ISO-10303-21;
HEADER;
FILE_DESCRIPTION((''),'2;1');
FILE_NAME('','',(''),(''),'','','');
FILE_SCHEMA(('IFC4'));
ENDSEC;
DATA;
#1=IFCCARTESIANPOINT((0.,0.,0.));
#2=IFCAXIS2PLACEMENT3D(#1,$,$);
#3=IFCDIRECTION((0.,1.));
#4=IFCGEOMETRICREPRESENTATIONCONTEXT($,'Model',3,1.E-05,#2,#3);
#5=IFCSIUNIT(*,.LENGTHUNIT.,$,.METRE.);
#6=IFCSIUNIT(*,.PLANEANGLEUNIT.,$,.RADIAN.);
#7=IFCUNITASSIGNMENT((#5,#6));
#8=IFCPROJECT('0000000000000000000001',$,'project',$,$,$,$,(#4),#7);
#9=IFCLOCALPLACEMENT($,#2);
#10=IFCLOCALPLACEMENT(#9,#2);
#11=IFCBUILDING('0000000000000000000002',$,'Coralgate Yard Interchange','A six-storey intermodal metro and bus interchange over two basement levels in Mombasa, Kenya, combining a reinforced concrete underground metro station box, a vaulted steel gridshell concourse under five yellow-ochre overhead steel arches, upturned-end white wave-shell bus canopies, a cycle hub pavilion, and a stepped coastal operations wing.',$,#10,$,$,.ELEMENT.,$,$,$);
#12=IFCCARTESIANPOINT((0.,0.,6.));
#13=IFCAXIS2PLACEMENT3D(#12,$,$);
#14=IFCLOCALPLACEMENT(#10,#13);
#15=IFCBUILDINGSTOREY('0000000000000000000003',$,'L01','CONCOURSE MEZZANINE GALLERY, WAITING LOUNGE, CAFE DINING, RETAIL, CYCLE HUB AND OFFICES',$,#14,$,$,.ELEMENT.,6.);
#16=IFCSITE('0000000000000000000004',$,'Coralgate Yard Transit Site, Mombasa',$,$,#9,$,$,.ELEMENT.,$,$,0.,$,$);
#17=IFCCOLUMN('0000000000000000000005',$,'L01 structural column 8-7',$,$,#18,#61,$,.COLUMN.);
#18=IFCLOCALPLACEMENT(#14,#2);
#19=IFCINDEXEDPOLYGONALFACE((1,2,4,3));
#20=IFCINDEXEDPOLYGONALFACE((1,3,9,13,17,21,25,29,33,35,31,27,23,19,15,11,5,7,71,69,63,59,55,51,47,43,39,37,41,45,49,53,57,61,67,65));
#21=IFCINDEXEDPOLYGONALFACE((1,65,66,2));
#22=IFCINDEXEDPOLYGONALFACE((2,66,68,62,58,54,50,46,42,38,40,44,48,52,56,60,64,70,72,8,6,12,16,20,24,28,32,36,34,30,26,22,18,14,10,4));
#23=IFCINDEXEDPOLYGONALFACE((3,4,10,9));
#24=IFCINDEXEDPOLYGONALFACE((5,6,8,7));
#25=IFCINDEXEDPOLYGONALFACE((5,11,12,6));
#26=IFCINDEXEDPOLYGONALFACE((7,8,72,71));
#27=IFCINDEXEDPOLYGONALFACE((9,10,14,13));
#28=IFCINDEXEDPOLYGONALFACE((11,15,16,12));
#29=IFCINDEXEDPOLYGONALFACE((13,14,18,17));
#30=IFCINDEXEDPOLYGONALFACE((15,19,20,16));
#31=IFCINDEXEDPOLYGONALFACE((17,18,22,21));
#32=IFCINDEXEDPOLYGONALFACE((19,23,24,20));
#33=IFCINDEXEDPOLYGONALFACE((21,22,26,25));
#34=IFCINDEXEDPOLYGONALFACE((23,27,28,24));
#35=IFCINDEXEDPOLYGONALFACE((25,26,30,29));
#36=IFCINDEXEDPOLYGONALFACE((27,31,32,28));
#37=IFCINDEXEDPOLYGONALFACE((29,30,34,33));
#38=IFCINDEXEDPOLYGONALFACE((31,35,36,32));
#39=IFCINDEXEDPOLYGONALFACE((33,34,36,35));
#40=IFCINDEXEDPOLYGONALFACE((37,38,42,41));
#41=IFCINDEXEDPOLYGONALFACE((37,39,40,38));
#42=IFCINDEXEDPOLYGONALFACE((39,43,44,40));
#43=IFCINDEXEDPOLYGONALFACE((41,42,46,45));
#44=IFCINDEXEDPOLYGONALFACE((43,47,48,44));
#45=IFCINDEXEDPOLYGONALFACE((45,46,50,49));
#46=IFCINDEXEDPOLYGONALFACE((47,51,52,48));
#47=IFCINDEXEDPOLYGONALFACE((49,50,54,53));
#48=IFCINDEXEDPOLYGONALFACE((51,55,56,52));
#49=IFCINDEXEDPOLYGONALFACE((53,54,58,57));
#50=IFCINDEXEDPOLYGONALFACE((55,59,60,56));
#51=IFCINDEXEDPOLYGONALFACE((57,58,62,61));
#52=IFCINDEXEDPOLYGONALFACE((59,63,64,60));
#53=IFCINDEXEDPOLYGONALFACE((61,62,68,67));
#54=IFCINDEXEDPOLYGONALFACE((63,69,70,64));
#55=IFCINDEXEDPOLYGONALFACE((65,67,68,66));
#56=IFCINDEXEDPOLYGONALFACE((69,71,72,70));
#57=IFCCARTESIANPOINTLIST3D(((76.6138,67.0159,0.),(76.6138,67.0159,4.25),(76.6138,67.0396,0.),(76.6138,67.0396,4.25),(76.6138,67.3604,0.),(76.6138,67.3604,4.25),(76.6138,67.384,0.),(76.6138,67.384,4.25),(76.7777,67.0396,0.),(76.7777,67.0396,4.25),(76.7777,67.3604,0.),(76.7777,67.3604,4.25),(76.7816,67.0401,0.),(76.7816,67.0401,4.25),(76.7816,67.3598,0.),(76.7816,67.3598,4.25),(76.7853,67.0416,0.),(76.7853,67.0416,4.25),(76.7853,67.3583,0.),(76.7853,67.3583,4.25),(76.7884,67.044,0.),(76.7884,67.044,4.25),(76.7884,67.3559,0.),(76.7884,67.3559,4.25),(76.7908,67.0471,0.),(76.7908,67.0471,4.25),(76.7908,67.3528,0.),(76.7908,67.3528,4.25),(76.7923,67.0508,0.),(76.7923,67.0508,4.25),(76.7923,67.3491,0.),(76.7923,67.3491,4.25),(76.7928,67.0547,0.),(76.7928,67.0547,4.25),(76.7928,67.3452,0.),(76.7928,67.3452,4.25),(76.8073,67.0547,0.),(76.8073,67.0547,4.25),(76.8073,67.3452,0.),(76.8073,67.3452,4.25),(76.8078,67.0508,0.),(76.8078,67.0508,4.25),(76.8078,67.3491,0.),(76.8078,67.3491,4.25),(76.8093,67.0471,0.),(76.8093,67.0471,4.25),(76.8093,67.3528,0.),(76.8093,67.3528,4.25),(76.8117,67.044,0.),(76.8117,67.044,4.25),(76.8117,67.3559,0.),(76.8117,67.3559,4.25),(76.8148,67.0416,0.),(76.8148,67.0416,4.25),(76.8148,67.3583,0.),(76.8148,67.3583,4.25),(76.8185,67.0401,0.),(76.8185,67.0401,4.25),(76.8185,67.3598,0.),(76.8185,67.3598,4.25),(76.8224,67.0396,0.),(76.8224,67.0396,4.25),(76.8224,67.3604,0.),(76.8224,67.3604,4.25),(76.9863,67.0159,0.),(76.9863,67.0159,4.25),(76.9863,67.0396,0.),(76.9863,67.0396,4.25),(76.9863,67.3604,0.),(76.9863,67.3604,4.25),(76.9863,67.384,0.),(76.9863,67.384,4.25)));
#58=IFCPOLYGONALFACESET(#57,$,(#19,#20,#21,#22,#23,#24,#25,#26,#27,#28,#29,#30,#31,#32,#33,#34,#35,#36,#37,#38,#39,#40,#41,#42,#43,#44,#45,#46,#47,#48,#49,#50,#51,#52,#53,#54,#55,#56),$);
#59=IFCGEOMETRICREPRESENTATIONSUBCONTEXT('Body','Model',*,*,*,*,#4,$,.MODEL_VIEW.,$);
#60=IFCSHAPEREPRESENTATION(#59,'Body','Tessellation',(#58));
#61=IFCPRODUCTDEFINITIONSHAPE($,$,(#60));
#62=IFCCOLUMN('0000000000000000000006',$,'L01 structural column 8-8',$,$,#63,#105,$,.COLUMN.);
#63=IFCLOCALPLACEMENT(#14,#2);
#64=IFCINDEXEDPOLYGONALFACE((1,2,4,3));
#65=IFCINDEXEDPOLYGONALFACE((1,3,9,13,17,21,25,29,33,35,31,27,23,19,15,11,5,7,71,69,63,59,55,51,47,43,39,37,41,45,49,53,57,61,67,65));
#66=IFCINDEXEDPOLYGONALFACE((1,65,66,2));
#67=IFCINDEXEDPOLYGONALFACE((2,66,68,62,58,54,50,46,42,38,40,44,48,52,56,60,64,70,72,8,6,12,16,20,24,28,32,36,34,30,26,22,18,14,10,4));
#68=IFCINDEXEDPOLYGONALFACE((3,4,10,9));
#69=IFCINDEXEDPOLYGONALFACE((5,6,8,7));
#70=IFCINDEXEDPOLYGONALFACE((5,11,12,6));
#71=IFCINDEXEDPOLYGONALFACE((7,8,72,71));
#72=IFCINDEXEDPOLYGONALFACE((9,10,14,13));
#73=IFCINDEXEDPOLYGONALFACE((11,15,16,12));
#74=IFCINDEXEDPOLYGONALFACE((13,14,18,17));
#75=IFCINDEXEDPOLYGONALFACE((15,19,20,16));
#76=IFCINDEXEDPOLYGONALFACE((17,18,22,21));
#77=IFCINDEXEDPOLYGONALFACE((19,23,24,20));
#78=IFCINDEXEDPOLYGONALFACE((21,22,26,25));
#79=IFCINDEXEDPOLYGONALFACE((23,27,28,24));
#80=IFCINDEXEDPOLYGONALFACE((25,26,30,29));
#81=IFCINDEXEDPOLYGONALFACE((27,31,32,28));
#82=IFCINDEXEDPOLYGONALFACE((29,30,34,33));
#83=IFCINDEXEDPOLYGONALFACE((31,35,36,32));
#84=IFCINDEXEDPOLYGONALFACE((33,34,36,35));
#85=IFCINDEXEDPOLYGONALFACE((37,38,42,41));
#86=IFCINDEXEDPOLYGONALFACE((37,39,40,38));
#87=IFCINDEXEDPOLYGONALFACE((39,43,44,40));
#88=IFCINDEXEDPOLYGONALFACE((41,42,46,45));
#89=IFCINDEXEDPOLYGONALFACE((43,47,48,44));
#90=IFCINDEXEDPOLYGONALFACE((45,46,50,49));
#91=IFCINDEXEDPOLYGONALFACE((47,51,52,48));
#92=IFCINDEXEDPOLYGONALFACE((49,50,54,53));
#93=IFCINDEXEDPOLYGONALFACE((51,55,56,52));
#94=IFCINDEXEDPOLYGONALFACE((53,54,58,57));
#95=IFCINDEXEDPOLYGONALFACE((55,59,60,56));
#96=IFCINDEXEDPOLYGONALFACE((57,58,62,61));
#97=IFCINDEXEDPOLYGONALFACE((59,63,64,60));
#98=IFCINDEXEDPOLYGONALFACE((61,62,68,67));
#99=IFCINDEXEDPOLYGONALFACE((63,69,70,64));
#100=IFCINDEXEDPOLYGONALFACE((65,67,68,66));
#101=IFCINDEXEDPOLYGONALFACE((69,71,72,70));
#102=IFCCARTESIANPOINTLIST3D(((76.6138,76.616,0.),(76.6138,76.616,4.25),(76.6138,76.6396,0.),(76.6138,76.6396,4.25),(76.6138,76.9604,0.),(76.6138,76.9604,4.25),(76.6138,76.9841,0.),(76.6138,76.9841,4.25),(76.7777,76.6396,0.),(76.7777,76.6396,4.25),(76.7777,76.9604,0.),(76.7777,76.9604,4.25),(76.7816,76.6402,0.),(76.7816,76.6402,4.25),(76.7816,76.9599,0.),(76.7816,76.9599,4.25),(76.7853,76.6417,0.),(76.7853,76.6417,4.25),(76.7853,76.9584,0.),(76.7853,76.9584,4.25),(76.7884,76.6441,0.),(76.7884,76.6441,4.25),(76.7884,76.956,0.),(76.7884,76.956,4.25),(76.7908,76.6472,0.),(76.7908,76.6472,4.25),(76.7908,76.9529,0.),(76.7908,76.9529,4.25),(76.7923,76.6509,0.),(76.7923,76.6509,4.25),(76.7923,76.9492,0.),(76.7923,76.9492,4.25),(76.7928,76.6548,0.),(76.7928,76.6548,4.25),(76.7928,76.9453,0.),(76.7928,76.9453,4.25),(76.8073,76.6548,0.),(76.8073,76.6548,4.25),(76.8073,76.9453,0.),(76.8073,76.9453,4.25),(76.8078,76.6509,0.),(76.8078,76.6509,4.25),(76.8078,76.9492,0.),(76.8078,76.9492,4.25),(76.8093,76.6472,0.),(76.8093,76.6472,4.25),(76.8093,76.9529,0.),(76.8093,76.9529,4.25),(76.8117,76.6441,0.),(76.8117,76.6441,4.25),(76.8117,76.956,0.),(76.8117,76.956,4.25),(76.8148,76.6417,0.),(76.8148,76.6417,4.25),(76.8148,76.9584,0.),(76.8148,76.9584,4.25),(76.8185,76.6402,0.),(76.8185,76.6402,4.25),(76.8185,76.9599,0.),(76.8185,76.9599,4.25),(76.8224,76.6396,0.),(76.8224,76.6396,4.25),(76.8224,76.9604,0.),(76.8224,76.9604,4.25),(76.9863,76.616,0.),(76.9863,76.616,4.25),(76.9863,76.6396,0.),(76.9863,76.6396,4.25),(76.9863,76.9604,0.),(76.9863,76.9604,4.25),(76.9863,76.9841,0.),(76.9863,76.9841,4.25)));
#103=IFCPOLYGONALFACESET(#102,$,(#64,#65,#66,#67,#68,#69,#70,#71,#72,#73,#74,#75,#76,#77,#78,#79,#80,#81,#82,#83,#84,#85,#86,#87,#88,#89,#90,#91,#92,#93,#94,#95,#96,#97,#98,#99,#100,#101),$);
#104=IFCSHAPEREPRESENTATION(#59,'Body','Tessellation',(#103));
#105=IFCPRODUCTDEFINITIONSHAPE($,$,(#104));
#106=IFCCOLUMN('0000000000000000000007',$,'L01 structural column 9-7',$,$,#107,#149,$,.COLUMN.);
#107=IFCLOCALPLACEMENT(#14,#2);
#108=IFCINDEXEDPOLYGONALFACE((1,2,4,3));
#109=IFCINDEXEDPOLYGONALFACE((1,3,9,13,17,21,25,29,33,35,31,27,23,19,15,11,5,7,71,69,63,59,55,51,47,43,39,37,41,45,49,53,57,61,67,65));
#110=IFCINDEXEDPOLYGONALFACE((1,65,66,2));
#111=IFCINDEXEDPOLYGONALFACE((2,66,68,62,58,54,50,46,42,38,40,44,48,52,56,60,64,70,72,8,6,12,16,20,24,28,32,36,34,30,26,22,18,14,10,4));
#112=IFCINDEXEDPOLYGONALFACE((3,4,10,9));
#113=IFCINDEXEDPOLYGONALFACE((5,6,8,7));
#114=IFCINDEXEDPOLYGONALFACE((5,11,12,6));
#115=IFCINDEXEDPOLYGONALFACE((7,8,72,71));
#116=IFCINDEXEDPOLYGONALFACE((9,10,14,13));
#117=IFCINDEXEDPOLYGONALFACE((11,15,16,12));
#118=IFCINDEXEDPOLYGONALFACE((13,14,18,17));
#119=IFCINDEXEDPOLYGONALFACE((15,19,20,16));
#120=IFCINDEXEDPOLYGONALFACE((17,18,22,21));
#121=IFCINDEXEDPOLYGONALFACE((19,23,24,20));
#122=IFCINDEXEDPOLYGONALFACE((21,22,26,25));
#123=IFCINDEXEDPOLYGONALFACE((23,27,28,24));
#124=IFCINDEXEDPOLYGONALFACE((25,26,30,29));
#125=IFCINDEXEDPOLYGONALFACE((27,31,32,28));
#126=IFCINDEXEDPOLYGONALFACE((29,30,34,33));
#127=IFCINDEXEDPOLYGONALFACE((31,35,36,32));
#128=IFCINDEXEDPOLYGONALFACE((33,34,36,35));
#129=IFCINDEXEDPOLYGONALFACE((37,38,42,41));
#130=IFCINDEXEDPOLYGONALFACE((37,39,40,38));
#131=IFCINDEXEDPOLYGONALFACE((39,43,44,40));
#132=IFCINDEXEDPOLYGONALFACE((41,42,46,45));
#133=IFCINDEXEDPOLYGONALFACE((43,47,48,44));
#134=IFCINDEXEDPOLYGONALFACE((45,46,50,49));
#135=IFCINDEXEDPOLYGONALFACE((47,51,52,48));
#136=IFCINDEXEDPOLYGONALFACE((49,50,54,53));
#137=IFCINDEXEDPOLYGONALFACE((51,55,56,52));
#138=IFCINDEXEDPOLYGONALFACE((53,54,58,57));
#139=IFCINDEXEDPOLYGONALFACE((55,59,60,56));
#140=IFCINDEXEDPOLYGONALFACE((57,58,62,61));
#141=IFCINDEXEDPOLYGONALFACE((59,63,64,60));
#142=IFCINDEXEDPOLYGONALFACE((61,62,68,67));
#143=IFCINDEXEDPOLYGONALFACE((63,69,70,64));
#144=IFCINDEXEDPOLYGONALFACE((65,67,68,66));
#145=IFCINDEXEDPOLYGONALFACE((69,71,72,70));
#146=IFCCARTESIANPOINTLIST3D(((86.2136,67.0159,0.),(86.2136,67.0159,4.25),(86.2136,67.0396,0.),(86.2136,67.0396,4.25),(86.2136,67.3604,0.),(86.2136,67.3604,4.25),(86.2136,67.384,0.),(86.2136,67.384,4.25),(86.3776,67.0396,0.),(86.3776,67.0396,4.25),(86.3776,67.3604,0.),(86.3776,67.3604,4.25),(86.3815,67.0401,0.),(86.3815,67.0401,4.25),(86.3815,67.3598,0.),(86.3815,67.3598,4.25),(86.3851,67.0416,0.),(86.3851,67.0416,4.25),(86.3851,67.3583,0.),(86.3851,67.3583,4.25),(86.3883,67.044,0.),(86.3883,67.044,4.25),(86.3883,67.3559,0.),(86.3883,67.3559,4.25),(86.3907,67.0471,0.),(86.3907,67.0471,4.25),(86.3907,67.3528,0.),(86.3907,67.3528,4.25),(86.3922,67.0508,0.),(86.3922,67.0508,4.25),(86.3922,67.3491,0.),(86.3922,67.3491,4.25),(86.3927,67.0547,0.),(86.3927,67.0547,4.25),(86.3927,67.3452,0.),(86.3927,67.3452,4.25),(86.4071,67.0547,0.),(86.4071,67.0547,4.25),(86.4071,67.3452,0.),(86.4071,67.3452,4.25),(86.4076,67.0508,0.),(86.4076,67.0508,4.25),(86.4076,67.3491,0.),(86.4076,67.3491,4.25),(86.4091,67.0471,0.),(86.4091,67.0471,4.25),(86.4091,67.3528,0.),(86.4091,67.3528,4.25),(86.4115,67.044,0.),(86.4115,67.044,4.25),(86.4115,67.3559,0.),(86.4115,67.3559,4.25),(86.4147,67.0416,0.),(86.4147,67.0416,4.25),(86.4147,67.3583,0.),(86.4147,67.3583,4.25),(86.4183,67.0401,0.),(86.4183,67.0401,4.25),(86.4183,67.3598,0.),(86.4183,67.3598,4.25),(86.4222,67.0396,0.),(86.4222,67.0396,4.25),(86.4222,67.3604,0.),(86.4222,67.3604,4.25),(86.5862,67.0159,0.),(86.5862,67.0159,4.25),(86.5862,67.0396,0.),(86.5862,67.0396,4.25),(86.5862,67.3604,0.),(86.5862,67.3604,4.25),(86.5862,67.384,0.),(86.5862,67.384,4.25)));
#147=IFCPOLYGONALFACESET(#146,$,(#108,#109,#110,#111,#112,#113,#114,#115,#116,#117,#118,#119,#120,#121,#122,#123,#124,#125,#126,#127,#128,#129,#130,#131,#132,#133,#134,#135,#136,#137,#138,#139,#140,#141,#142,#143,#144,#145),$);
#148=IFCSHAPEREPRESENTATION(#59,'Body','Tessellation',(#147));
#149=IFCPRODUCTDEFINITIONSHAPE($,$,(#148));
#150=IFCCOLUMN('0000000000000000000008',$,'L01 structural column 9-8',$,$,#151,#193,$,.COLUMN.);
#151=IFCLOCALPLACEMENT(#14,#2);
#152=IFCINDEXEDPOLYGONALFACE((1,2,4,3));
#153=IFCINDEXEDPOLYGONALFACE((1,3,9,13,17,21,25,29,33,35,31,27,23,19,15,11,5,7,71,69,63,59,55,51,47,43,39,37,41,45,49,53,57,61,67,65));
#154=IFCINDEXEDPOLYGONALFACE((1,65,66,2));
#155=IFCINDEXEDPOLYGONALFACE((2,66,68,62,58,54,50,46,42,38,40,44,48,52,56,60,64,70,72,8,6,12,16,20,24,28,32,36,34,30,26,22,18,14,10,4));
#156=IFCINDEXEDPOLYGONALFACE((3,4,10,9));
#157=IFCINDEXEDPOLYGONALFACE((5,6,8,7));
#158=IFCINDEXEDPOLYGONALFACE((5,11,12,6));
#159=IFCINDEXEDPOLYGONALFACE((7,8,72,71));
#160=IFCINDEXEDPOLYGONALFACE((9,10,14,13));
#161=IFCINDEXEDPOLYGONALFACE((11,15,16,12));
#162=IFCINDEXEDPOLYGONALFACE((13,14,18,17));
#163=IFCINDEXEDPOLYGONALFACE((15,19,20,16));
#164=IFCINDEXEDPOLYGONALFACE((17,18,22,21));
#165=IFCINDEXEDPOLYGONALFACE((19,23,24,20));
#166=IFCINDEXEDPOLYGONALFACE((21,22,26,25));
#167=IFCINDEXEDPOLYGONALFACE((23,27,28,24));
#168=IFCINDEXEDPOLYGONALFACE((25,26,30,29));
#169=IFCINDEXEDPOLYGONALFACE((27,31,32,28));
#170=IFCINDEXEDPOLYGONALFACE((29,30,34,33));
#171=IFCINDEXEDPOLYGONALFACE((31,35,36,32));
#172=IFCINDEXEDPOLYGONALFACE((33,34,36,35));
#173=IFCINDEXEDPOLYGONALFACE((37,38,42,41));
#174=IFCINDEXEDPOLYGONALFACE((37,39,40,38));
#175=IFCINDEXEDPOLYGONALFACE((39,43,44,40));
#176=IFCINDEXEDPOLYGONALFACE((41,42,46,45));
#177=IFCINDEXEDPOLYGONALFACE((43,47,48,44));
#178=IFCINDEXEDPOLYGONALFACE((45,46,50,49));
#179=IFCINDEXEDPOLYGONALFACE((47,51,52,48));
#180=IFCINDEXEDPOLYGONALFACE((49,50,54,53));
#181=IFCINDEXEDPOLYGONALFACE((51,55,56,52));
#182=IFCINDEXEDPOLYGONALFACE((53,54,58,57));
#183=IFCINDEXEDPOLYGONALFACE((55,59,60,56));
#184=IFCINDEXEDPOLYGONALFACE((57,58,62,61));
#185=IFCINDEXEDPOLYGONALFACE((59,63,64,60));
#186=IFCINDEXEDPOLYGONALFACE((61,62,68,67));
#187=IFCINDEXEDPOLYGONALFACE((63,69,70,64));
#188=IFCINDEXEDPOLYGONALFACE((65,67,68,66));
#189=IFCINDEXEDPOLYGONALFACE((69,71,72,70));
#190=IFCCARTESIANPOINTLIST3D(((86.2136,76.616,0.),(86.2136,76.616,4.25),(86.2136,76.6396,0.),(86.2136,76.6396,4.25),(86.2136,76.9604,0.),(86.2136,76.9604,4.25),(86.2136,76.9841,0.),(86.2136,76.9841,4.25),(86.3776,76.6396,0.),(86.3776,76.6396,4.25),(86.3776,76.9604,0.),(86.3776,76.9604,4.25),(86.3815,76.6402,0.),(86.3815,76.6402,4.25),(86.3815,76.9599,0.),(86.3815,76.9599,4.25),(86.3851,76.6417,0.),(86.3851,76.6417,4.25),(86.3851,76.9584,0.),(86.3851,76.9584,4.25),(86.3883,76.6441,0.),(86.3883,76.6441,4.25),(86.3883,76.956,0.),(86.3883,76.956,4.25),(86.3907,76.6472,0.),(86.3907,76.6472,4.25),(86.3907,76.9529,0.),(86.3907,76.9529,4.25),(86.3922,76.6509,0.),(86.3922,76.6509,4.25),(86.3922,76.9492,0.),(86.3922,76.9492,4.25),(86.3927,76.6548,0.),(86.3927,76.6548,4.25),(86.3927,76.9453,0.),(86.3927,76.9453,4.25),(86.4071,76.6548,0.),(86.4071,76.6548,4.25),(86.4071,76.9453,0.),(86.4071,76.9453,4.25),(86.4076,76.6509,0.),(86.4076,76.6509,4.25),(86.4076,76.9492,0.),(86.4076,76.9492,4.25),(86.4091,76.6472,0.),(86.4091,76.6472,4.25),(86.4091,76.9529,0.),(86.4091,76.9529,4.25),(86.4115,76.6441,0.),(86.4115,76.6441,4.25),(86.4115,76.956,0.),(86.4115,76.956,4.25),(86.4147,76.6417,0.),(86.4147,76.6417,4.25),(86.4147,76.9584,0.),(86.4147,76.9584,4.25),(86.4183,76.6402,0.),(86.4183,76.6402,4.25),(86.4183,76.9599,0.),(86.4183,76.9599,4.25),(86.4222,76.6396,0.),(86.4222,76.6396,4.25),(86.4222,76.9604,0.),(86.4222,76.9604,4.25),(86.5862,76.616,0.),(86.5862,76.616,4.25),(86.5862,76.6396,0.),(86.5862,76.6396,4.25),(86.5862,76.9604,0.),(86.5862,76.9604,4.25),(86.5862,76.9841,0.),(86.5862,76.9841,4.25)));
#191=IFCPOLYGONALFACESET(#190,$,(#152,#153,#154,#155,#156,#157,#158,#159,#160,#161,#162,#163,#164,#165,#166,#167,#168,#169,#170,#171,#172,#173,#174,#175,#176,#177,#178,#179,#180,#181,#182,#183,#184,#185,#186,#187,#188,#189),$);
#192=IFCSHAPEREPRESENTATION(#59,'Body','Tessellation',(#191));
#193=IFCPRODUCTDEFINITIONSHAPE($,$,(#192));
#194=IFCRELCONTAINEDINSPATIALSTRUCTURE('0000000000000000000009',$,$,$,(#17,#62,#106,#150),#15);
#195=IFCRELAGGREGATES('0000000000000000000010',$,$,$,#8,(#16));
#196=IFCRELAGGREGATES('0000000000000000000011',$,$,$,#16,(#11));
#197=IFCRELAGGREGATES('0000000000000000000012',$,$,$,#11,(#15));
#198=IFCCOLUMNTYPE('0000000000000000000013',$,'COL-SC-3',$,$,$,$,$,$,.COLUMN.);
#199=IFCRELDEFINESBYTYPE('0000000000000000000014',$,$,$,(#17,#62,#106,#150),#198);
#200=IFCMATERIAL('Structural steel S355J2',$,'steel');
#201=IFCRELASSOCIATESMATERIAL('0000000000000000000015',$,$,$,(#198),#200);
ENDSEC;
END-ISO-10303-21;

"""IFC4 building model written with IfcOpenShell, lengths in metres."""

from ifc_helpers import new_model, si_unit, direction, frame, origin, origin_2d, place, context, subcontext, project, spatial, i_section, extrude, material, material_profile, profile_set, type_object, element, save


model = new_model("IFC4")

# Units and contexts
model_context = context("Model", 3, precision=1e-05, world=origin(), true_north=direction((0.0, 1.0)))
body_context = subcontext(model_context, "Body", "Model", "MODEL_VIEW")
ifc_project = project(units=[si_unit("LENGTHUNIT", "METRE"), si_unit("PLANEANGLEUNIT", "RADIAN")], contexts=[model_context])

# Site, building, storey
site_placement = place(None, origin())
site = spatial("IfcSite", under=ifc_project, at=site_placement, Name="Coralgate Yard Transit Site, Mombasa", CompositionType="ELEMENT", RefElevation=0.0)
building_placement = place(site_placement, origin())
building = spatial("IfcBuilding", under=site, at=building_placement, Name="Coralgate Yard Interchange", Description="A six-storey intermodal metro and bus interchange over two basement levels in Mombasa, Kenya, combining a reinforced concrete underground metro station box, a vaulted steel gridshell concourse under five yellow-ochre overhead steel arches, upturned-end white wave-shell bus canopies, a cycle hub pavilion, and a stepped coastal operations wing.", CompositionType="ELEMENT")
storey_placement = place(building_placement, frame((0.0, 0.0, 6.0)))
storey = spatial("IfcBuildingStorey", under=building, at=storey_placement, Name="L01", Description="CONCOURSE MEZZANINE GALLERY, WAITING LOUNGE, CAFE DINING, RETAIL, CYCLE HUB AND OFFICES", CompositionType="ELEMENT", Elevation=6.0)

# Columns
ifc_material_1 = material(Name="Structural steel S355J2", Category="steel")
ifc_material_profile_1 = material_profile(ifc_material_1, i_section(OverallWidth=0.3726, OverallDepth=0.3682, WebThickness=0.0144, FlangeThickness=0.0237, FilletRadius=0.0151, at=origin_2d()), Name="UC 356x368x177")
ifc_profile_set_1 = profile_set([ifc_material_profile_1], Name="Structural steel S355J2")
column_type = type_object("IfcColumnType", Name="COL-SC-3", PredefinedType="COLUMN", material=ifc_profile_set_1)
for number, where, z_axis, x_axis, name in (
    (1, (76.8, 67.2, 0.0), (0.0, 0.0, 1.0), (1.0, 0.0, 0.0), "L01 structural column 8-7"),
    (2, (76.8, 76.8, 0.0), (0.0, 0.0, 1.0), (1.0, 0.0, 0.0), "L01 structural column 8-8"),
    (3, (86.3999, 67.2, 0.0), (0.0, 0.0, 1.0), (1.0, 0.0, 0.0), "L01 structural column 9-7"),
    (4, (86.3999, 76.8, 0.0), (0.0, 0.0, 1.0), (1.0, 0.0, 0.0), "L01 structural column 9-8"),
):
    element("IfcColumn", number, at=place(storey_placement, frame(where, z_axis=z_axis, x_axis=x_axis)), inside=storey, type_object=column_type, Name=name, PredefinedType="COLUMN", context=body_context, shape_type="SweptSolid", body=[
        extrude(i_section(OverallWidth=0.3726, OverallDepth=0.3682, WebThickness=0.0144, FlangeThickness=0.0237, FilletRadius=0.0151, at=origin_2d()), origin(), (0.0, 0.0, 1.0), 4.25),
    ])

save(model, "model.ifc")
